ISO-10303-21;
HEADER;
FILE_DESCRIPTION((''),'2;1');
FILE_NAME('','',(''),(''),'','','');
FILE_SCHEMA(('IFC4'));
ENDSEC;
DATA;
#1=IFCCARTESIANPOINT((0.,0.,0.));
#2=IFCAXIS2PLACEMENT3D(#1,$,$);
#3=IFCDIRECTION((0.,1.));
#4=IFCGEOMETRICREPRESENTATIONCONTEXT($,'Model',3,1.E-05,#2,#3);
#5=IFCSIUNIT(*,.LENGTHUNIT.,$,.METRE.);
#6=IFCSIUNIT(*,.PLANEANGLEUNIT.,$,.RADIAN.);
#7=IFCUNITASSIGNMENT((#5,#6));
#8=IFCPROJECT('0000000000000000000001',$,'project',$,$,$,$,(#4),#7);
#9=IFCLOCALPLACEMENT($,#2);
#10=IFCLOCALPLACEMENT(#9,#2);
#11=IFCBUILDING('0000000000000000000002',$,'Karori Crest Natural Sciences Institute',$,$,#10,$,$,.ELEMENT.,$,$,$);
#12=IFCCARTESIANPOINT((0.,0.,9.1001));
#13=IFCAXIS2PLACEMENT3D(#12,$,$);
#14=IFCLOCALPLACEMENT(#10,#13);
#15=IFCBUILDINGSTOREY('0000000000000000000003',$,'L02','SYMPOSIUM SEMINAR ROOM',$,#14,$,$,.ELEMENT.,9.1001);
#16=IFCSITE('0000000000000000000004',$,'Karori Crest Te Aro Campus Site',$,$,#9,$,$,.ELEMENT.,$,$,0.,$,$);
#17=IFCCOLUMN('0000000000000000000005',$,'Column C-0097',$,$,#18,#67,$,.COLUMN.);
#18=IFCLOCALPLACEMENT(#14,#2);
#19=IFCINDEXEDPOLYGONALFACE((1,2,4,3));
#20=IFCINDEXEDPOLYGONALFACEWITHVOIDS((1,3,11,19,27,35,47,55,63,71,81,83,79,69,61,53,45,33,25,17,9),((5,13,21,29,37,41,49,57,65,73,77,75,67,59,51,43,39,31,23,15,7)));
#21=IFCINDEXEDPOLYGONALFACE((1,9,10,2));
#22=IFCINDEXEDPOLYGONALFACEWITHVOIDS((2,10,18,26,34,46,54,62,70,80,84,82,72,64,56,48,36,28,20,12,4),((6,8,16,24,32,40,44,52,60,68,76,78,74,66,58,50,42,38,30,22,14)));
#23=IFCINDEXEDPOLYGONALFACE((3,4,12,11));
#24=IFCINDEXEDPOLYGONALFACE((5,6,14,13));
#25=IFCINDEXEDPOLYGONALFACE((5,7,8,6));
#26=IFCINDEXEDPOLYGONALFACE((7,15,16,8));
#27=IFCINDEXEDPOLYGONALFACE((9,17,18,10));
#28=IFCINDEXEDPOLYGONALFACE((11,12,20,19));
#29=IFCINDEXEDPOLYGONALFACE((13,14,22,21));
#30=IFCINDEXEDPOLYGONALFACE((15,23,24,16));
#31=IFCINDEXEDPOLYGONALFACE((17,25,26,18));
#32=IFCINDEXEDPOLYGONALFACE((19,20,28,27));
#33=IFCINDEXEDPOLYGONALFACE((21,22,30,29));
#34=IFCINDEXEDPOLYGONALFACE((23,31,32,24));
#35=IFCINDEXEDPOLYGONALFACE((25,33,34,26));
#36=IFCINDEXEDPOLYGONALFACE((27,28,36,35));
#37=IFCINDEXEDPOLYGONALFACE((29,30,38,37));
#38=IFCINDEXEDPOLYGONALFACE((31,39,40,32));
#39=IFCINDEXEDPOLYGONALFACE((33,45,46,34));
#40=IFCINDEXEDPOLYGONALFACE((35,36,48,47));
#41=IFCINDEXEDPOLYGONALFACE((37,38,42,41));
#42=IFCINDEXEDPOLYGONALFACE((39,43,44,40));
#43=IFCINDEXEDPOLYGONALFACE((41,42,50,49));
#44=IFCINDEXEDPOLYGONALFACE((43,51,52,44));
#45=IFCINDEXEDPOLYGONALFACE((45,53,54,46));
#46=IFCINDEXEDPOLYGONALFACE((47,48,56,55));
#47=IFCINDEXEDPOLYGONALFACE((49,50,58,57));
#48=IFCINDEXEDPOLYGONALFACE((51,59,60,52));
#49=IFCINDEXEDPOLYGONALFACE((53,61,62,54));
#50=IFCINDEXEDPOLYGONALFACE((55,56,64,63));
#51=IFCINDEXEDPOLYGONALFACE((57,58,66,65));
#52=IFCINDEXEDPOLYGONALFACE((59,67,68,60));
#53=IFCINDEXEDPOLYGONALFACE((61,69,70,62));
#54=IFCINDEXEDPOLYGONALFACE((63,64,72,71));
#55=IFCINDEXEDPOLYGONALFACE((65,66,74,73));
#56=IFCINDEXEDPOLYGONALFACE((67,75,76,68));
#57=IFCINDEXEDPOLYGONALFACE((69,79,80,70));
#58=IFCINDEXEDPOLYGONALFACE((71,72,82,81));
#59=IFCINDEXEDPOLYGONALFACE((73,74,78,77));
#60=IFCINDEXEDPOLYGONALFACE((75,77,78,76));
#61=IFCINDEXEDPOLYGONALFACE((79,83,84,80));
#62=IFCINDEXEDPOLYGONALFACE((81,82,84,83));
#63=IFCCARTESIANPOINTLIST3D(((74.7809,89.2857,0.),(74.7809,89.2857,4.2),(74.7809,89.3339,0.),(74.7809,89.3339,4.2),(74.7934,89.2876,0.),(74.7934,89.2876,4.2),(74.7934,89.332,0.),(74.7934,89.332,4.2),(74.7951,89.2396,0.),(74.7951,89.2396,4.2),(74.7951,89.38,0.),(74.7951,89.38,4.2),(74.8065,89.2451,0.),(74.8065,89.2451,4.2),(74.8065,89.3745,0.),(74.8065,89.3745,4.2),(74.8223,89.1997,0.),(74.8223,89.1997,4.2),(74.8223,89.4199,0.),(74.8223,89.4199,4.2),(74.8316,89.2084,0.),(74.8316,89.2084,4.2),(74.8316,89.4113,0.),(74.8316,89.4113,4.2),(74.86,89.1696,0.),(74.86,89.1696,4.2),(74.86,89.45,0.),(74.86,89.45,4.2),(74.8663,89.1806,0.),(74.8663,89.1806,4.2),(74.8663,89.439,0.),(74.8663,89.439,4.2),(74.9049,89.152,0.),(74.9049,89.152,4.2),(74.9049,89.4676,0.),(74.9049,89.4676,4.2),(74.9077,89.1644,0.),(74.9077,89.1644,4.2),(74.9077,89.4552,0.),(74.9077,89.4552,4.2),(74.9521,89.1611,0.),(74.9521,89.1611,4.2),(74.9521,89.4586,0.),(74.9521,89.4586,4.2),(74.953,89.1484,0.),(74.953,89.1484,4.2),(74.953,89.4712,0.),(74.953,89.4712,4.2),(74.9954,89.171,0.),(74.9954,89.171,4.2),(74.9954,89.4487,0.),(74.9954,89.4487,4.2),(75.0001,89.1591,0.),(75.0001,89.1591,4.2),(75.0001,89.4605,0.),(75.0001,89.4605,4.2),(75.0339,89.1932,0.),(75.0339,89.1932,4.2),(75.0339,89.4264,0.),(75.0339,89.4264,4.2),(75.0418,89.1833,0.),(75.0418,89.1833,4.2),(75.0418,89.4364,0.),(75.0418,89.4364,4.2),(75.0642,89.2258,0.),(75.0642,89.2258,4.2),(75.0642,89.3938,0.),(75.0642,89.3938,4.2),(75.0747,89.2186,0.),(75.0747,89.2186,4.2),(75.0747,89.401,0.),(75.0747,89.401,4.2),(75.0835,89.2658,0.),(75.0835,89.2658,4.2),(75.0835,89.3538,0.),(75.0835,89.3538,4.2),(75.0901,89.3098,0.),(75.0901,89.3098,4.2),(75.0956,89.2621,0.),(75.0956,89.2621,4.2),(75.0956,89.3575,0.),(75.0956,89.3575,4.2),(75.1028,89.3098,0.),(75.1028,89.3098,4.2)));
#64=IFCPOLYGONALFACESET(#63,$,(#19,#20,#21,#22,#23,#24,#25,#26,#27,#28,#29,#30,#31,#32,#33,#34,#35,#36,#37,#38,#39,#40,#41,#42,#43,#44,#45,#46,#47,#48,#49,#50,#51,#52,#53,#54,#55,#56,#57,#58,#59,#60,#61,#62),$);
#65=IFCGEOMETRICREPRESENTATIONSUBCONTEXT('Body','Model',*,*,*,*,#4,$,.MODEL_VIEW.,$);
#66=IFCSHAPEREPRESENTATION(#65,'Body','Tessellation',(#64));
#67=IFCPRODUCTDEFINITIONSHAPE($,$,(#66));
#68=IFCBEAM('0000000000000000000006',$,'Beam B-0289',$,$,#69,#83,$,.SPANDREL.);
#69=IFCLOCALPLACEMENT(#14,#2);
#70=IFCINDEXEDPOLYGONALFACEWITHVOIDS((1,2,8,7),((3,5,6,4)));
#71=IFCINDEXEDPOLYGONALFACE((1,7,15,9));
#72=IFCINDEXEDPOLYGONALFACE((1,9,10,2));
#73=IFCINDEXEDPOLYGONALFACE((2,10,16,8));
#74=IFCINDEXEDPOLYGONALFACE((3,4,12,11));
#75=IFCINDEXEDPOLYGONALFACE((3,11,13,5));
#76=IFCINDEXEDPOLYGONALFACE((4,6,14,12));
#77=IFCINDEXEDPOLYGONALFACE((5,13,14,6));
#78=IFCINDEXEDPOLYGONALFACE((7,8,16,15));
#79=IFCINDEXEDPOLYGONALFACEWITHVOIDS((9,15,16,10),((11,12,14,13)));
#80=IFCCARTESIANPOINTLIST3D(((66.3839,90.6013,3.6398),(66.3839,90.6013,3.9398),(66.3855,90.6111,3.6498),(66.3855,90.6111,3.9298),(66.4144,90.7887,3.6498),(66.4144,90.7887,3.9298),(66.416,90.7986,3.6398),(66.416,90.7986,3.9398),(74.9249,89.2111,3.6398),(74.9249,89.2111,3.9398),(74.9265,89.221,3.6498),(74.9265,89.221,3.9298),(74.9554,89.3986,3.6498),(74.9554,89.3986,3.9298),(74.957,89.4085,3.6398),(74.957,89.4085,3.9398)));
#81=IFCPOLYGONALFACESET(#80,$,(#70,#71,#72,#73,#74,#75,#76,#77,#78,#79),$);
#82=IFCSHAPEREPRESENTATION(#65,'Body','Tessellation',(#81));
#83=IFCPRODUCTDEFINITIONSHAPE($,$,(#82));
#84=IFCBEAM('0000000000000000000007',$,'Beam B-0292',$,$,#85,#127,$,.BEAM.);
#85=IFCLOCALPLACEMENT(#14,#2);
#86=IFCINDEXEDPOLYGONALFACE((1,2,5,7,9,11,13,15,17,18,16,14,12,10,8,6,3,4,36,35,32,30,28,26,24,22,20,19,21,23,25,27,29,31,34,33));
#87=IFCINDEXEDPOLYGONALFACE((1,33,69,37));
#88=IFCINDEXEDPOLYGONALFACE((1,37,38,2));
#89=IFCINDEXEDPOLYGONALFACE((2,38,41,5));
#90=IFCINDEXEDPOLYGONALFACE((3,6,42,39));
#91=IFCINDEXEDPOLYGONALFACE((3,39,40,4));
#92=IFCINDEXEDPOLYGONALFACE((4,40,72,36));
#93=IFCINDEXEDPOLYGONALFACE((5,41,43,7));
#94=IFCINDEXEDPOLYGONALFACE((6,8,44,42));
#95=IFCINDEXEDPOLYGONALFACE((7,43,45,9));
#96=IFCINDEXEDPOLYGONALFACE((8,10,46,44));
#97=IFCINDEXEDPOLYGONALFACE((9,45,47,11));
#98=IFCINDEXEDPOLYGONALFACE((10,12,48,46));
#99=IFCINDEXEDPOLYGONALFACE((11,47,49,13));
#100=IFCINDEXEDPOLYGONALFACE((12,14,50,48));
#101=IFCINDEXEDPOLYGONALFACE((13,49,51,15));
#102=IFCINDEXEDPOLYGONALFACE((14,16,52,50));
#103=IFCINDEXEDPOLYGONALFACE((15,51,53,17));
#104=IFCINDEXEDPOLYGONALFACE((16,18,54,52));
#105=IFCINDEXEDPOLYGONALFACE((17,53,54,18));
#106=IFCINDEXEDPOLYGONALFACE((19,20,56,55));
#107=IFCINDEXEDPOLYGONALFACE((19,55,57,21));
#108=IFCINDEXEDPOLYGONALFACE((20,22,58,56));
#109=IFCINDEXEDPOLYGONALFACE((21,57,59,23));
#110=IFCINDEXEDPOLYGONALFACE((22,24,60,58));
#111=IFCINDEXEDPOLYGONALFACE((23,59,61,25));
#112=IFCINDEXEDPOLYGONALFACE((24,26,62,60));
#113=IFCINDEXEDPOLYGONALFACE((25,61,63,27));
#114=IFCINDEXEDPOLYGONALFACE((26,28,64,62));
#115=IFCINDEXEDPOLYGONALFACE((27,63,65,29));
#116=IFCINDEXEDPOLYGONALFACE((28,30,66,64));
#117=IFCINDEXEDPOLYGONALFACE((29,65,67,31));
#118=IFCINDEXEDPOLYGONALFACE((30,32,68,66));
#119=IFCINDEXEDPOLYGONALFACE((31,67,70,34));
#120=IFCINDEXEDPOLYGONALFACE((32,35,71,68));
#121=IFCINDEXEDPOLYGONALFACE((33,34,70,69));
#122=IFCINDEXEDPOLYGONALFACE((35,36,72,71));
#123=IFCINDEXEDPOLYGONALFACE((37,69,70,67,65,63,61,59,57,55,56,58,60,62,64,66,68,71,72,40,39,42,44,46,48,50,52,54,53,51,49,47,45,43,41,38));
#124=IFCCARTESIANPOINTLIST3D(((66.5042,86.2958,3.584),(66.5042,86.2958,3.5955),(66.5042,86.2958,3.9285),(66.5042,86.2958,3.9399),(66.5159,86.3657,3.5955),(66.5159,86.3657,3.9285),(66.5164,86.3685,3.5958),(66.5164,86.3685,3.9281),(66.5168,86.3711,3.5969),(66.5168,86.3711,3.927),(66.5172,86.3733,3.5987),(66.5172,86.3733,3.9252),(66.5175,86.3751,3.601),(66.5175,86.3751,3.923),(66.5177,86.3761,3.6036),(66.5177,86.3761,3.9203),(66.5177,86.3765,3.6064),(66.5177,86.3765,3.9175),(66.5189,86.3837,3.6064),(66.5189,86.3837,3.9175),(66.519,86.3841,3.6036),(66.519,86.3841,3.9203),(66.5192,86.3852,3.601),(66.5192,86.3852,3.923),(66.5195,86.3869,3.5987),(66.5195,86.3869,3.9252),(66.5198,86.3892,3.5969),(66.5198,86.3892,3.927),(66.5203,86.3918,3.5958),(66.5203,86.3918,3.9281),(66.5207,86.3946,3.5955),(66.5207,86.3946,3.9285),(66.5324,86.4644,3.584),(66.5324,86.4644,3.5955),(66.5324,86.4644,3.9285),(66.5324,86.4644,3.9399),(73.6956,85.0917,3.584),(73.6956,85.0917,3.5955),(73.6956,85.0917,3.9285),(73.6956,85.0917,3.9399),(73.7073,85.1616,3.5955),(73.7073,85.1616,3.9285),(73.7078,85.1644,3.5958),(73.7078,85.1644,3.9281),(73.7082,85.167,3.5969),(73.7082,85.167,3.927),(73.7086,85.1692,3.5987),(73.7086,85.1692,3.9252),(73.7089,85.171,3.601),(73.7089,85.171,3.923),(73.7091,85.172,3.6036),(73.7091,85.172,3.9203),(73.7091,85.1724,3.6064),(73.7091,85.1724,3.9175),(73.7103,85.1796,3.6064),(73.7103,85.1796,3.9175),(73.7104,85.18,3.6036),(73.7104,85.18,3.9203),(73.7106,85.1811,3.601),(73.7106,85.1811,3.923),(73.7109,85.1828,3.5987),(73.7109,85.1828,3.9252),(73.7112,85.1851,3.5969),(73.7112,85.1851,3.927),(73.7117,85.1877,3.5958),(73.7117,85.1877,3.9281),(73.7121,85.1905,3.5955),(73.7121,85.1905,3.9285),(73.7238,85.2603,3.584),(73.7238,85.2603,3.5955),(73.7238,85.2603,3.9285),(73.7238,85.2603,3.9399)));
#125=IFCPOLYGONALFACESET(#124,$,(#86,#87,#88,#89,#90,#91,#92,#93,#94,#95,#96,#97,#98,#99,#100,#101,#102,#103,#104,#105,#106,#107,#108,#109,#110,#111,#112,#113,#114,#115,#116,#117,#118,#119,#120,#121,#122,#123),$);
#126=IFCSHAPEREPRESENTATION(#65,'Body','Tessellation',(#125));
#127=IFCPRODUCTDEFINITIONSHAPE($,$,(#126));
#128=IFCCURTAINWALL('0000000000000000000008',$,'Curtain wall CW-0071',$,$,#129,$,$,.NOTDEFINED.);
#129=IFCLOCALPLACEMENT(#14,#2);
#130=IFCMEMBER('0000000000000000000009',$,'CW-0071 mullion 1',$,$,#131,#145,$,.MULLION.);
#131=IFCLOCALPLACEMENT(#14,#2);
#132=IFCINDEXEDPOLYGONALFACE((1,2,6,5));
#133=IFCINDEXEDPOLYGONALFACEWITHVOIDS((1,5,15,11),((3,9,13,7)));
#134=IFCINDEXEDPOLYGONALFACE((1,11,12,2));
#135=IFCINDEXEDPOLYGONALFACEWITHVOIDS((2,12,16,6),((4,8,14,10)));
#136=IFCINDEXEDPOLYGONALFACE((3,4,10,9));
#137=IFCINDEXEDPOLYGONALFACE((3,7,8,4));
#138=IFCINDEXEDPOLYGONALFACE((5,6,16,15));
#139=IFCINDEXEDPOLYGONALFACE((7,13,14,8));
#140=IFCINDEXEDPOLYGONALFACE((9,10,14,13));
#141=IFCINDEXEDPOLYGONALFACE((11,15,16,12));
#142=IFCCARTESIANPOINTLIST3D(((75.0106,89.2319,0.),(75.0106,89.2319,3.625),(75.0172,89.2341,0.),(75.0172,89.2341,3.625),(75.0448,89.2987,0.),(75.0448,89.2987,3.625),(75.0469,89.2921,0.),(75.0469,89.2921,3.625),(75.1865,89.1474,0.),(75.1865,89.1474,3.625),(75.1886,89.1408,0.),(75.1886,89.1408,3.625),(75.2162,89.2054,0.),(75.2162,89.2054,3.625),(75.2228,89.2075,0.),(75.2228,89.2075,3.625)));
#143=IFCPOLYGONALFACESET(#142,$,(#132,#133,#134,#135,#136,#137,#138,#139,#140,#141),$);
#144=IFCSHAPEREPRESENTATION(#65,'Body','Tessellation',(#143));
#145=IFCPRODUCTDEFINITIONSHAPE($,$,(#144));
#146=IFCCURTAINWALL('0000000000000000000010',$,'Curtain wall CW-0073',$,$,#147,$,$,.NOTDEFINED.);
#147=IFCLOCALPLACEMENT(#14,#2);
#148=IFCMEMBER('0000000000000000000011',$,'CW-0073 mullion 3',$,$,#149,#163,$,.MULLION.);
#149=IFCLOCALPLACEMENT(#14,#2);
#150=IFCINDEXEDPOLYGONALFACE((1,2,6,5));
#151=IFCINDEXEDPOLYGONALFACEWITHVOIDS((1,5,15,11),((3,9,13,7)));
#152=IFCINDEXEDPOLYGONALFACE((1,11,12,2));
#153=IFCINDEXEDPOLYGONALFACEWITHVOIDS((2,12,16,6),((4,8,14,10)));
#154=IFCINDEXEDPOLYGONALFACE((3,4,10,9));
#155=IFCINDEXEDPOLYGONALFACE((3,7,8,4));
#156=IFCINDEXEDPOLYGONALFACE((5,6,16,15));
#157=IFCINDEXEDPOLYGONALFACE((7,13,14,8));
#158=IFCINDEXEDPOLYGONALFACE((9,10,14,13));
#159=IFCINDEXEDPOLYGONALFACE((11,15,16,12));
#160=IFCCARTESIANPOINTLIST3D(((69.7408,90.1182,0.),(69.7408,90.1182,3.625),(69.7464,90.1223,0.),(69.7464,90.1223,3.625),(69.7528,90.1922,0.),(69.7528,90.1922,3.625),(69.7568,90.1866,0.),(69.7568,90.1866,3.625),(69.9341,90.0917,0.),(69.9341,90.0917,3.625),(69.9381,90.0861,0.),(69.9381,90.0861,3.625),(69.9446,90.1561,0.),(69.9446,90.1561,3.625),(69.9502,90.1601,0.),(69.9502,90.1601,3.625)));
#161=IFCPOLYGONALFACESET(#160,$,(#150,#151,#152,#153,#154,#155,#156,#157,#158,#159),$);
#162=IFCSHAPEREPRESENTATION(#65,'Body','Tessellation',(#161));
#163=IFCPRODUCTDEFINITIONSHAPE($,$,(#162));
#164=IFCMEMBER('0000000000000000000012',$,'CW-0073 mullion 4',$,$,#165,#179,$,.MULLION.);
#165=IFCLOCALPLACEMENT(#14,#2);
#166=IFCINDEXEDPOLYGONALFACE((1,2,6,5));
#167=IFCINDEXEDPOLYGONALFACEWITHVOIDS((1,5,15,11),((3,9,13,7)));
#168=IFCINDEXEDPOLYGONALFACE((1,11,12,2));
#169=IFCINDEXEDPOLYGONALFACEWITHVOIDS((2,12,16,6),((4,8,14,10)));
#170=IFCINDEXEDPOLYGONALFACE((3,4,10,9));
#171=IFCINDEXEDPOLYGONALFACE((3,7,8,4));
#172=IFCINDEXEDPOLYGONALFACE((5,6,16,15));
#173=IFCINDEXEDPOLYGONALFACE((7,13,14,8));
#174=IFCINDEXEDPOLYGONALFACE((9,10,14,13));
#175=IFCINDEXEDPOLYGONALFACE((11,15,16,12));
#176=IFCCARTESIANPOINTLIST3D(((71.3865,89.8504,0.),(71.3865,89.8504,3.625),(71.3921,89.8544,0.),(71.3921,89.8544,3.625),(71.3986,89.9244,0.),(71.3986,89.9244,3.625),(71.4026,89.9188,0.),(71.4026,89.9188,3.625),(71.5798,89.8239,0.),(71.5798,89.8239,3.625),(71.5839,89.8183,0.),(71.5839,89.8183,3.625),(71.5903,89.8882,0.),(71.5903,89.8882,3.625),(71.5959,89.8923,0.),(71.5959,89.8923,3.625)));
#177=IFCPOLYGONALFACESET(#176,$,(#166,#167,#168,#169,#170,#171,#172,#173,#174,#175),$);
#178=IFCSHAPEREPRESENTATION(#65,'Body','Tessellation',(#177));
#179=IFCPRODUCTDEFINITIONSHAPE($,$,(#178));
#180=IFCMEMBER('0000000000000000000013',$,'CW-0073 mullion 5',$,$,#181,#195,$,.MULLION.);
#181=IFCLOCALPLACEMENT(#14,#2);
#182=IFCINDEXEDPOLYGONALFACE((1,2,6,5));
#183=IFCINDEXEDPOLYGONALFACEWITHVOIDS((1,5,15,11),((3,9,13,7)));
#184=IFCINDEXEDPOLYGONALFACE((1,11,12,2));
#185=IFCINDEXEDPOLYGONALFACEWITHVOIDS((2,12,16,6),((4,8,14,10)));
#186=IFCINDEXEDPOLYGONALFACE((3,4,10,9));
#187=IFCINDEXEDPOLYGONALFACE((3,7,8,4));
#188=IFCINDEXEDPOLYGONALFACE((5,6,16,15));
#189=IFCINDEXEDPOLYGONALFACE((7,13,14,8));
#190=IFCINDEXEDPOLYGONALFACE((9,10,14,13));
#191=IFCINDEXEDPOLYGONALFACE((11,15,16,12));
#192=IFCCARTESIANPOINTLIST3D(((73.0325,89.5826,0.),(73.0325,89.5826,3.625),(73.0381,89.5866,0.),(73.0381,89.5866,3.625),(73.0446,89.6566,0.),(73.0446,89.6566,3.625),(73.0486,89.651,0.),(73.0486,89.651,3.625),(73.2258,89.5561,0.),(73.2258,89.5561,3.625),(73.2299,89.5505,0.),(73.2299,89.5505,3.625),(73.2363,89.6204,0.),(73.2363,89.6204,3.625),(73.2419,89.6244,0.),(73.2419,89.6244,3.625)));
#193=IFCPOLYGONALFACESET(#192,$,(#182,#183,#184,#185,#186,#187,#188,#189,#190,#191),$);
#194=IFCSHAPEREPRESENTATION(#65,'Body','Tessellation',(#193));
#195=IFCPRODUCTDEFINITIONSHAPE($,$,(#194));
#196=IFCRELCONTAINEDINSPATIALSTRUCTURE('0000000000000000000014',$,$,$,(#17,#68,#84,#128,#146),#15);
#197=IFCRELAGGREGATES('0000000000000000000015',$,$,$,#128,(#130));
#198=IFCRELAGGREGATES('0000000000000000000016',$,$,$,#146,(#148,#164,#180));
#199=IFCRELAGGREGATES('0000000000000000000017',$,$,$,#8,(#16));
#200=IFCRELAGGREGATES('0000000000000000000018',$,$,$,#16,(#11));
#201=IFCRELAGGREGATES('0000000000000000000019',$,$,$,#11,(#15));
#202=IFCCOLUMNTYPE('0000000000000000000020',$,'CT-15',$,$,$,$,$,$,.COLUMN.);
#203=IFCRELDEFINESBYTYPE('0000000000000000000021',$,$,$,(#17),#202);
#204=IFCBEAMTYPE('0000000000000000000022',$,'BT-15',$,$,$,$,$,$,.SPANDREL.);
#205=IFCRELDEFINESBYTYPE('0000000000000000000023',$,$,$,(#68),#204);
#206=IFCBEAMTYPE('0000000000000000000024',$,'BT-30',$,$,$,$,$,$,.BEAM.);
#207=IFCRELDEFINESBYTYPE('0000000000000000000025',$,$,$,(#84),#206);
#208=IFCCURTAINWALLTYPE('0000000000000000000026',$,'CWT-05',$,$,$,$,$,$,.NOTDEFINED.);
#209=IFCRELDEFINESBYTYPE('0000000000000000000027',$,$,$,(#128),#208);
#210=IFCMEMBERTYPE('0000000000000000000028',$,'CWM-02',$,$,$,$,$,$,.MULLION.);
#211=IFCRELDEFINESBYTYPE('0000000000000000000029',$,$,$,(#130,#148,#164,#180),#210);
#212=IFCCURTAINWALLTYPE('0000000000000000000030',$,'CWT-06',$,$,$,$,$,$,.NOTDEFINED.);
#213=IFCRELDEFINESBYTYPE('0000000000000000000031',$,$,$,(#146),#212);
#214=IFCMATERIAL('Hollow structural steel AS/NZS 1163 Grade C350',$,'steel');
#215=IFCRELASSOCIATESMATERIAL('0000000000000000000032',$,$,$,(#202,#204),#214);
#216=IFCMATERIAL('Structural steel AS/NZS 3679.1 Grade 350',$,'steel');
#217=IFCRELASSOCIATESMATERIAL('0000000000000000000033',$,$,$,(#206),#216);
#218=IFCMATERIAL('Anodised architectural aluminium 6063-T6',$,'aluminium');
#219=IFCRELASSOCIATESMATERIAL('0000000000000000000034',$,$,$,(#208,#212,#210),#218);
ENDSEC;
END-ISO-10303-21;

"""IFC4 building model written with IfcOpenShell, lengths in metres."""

from ifc_helpers import new_model, si_unit, direction, frame, origin, origin_2d, place, context, subcontext, project, spatial, hollow_rectangle, hollow_circle, i_section, extrude, material, material_profile, profile_set, type_object, element, aggregate, save


model = new_model("IFC4")

# Units and contexts
model_context = context("Model", 3, precision=1e-05, world=origin(), true_north=direction((0.0, 1.0)))
body_context = subcontext(model_context, "Body", "Model", "MODEL_VIEW")
ifc_project = project(units=[si_unit("LENGTHUNIT", "METRE"), si_unit("PLANEANGLEUNIT", "RADIAN")], contexts=[model_context])

# Site, building, storey
site_placement = place(None, origin())
site = spatial("IfcSite", under=ifc_project, at=site_placement, Name="Karori Crest Te Aro Campus Site", CompositionType="ELEMENT", RefElevation=0.0)
building_placement = place(site_placement, origin())
building = spatial("IfcBuilding", under=site, at=building_placement, Name="Karori Crest Natural Sciences Institute", CompositionType="ELEMENT")
storey_placement = place(building_placement, frame((0.0, 0.0, 9.1001)))
storey = spatial("IfcBuildingStorey", under=building, at=storey_placement, Name="L02", Description="SYMPOSIUM SEMINAR ROOM", CompositionType="ELEMENT", Elevation=9.1001)

# Column
ifc_material_1 = material(Name="Hollow structural steel AS/NZS 1163 Grade C350", Category="steel")
ifc_material_profile_1 = material_profile(ifc_material_1, hollow_circle(Radius=0.1619, WallThickness=0.0127, at=origin_2d()), Name="CHS323.9x12.7")
ifc_profile_set_1 = profile_set([ifc_material_profile_1], Name="Hollow structural steel AS/NZS 1163 Grade C350")
column_type = type_object("IfcColumnType", Name="CT-15", PredefinedType="COLUMN", material=ifc_profile_set_1)
column_placement = place(storey_placement, frame((74.9409, 89.3098, 0.0), z_axis=(0.0, 0.0, 1.0), x_axis=(1.0, 0.0, 0.0)))
element("IfcColumn", 1, at=column_placement, inside=storey, type_object=column_type, Name="Column C-0097", PredefinedType="COLUMN", context=body_context, shape_type="SweptSolid", body=[
    extrude(hollow_circle(Radius=0.1619, WallThickness=0.0127, at=origin_2d()), origin(), (0.0, 0.0, 1.0), 4.2),
])

# Beams
ifc_material_profile_2 = material_profile(ifc_material_1, hollow_rectangle(XDim=0.2, YDim=0.3, WallThickness=0.01, at=origin_2d()), Name="RHS300x200x10")
ifc_profile_set_2 = profile_set([ifc_material_profile_2], Name="Hollow structural steel AS/NZS 1163 Grade C350")
beam_type_1 = type_object("IfcBeamType", Name="BT-15", PredefinedType="SPANDREL", material=ifc_profile_set_2)
beam_1_placement = place(storey_placement, frame((74.9409, 89.3098, 3.7898), z_axis=(-0.987012, 0.160646, 0.0), x_axis=(-0.160646, -0.987012, 0.0)))
element("IfcBeam", 2, at=beam_1_placement, inside=storey, type_object=beam_type_1, Name="Beam B-0289", PredefinedType="SPANDREL", context=body_context, shape_type="SweptSolid", body=[
    extrude(hollow_rectangle(XDim=0.2, YDim=0.3, WallThickness=0.01, at=origin_2d()), origin(), (0.0, 0.0, 1.0), 8.6533),
])
ifc_material_2 = material(Name="Structural steel AS/NZS 3679.1 Grade 350", Category="steel")
ifc_material_profile_3 = material_profile(ifc_material_2, i_section(OverallWidth=0.1709, OverallDepth=0.356, WebThickness=0.0073, FlangeThickness=0.0115, FilletRadius=0.011, at=origin_2d()), Name="360UB50.7")
ifc_profile_set_3 = profile_set([ifc_material_profile_3], Name="Structural steel AS/NZS 3679.1 Grade 350")
beam_type_2 = type_object("IfcBeamType", Name="BT-30", PredefinedType="BEAM", material=ifc_profile_set_3)
beam_2_placement = place(storey_placement, frame((73.7097, 85.176, 3.762), z_axis=(-0.986271, 0.165137, 0.0), x_axis=(-0.165137, -0.986271, 0.0)))
element("IfcBeam", 3, at=beam_2_placement, inside=storey, type_object=beam_type_2, Name="Beam B-0292", PredefinedType="BEAM", context=body_context, shape_type="SweptSolid", body=[
    extrude(i_section(OverallWidth=0.1709, OverallDepth=0.356, WebThickness=0.0073, FlangeThickness=0.0115, FilletRadius=0.011, at=origin_2d()), origin(), (0.0, 0.0, 1.0), 7.2915),
])

# Curtain wall, member
ifc_material_3 = material(Name="Anodised architectural aluminium 6063-T6", Category="aluminium")
curtain_wall_type_1 = type_object("IfcCurtainWallType", Name="CWT-05", PredefinedType="NOTDEFINED", material=ifc_material_3)
curtain_wall_1_placement = place(storey_placement, origin())
curtain_wall_1 = element("IfcCurtainWall", 4, at=curtain_wall_1_placement, inside=storey, type_object=curtain_wall_type_1, Name="Curtain wall CW-0071", PredefinedType="NOTDEFINED")
ifc_material_profile_4 = material_profile(ifc_material_3, hollow_rectangle(XDim=0.075, YDim=0.2, WallThickness=0.0049, at=origin_2d()), Name="CWM200x75x5")
ifc_profile_set_4 = profile_set([ifc_material_profile_4], Name="Anodised architectural aluminium 6063-T6")
member_type_1 = type_object("IfcMemberType", Name="CWM-02", PredefinedType="MULLION", material=ifc_profile_set_4)
member_1_placement = place(storey_placement, frame((75.1167, 89.2197, 0.0), z_axis=(0.0, 0.0, 1.0), x_axis=(0.455833, 0.890065, 0.0)))
member_1 = element("IfcMember", 5, at=member_1_placement, type_object=member_type_1, Name="CW-0071 mullion 1", PredefinedType="MULLION", context=body_context, shape_type="SweptSolid", body=[
    extrude(hollow_rectangle(XDim=0.075, YDim=0.2, WallThickness=0.0049, at=origin_2d()), origin(), (0.0, 0.0, 1.0), 3.625),
])

# Curtain wall, members
curtain_wall_type_2 = type_object("IfcCurtainWallType", Name="CWT-06", PredefinedType="NOTDEFINED", material=ifc_material_3)
curtain_wall_2_placement = place(storey_placement, origin())
curtain_wall_2 = element("IfcCurtainWall", 6, at=curtain_wall_2_placement, inside=storey, type_object=curtain_wall_type_2, Name="Curtain wall CW-0073", PredefinedType="NOTDEFINED")
member_2_placement = place(storey_placement, frame((69.8455, 90.1392, 0.0), z_axis=(0.0, 0.0, 1.0), x_axis=(0.160652, 0.987011, 0.0)))
member_2 = element("IfcMember", 7, at=member_2_placement, type_object=member_type_1, Name="CW-0073 mullion 3", PredefinedType="MULLION", context=body_context, shape_type="SweptSolid", body=[
    extrude(hollow_rectangle(XDim=0.075, YDim=0.2, WallThickness=0.0049, at=origin_2d()), origin(), (0.0, 0.0, 1.0), 3.625),
])
member_3_placement = place(storey_placement, frame((71.4912, 89.8713, 0.0), z_axis=(0.0, 0.0, 1.0), x_axis=(0.160652, 0.987011, 0.0)))
member_3 = element("IfcMember", 8, at=member_3_placement, type_object=member_type_1, Name="CW-0073 mullion 4", PredefinedType="MULLION", context=body_context, shape_type="SweptSolid", body=[
    extrude(hollow_rectangle(XDim=0.075, YDim=0.2, WallThickness=0.0049, at=origin_2d()), origin(), (0.0, 0.0, 1.0), 3.625),
])
member_4_placement = place(storey_placement, frame((73.1372, 89.6035, 0.0), z_axis=(0.0, 0.0, 1.0), x_axis=(0.160652, 0.987011, 0.0)))
member_4 = element("IfcMember", 9, at=member_4_placement, type_object=member_type_1, Name="CW-0073 mullion 5", PredefinedType="MULLION", context=body_context, shape_type="SweptSolid", body=[
    extrude(hollow_rectangle(XDim=0.075, YDim=0.2, WallThickness=0.0049, at=origin_2d()), origin(), (0.0, 0.0, 1.0), 3.625),
])

aggregate(curtain_wall_1, [member_1])
aggregate(curtain_wall_2, [member_2, member_3, member_4])

save(model, "model.ifc")
